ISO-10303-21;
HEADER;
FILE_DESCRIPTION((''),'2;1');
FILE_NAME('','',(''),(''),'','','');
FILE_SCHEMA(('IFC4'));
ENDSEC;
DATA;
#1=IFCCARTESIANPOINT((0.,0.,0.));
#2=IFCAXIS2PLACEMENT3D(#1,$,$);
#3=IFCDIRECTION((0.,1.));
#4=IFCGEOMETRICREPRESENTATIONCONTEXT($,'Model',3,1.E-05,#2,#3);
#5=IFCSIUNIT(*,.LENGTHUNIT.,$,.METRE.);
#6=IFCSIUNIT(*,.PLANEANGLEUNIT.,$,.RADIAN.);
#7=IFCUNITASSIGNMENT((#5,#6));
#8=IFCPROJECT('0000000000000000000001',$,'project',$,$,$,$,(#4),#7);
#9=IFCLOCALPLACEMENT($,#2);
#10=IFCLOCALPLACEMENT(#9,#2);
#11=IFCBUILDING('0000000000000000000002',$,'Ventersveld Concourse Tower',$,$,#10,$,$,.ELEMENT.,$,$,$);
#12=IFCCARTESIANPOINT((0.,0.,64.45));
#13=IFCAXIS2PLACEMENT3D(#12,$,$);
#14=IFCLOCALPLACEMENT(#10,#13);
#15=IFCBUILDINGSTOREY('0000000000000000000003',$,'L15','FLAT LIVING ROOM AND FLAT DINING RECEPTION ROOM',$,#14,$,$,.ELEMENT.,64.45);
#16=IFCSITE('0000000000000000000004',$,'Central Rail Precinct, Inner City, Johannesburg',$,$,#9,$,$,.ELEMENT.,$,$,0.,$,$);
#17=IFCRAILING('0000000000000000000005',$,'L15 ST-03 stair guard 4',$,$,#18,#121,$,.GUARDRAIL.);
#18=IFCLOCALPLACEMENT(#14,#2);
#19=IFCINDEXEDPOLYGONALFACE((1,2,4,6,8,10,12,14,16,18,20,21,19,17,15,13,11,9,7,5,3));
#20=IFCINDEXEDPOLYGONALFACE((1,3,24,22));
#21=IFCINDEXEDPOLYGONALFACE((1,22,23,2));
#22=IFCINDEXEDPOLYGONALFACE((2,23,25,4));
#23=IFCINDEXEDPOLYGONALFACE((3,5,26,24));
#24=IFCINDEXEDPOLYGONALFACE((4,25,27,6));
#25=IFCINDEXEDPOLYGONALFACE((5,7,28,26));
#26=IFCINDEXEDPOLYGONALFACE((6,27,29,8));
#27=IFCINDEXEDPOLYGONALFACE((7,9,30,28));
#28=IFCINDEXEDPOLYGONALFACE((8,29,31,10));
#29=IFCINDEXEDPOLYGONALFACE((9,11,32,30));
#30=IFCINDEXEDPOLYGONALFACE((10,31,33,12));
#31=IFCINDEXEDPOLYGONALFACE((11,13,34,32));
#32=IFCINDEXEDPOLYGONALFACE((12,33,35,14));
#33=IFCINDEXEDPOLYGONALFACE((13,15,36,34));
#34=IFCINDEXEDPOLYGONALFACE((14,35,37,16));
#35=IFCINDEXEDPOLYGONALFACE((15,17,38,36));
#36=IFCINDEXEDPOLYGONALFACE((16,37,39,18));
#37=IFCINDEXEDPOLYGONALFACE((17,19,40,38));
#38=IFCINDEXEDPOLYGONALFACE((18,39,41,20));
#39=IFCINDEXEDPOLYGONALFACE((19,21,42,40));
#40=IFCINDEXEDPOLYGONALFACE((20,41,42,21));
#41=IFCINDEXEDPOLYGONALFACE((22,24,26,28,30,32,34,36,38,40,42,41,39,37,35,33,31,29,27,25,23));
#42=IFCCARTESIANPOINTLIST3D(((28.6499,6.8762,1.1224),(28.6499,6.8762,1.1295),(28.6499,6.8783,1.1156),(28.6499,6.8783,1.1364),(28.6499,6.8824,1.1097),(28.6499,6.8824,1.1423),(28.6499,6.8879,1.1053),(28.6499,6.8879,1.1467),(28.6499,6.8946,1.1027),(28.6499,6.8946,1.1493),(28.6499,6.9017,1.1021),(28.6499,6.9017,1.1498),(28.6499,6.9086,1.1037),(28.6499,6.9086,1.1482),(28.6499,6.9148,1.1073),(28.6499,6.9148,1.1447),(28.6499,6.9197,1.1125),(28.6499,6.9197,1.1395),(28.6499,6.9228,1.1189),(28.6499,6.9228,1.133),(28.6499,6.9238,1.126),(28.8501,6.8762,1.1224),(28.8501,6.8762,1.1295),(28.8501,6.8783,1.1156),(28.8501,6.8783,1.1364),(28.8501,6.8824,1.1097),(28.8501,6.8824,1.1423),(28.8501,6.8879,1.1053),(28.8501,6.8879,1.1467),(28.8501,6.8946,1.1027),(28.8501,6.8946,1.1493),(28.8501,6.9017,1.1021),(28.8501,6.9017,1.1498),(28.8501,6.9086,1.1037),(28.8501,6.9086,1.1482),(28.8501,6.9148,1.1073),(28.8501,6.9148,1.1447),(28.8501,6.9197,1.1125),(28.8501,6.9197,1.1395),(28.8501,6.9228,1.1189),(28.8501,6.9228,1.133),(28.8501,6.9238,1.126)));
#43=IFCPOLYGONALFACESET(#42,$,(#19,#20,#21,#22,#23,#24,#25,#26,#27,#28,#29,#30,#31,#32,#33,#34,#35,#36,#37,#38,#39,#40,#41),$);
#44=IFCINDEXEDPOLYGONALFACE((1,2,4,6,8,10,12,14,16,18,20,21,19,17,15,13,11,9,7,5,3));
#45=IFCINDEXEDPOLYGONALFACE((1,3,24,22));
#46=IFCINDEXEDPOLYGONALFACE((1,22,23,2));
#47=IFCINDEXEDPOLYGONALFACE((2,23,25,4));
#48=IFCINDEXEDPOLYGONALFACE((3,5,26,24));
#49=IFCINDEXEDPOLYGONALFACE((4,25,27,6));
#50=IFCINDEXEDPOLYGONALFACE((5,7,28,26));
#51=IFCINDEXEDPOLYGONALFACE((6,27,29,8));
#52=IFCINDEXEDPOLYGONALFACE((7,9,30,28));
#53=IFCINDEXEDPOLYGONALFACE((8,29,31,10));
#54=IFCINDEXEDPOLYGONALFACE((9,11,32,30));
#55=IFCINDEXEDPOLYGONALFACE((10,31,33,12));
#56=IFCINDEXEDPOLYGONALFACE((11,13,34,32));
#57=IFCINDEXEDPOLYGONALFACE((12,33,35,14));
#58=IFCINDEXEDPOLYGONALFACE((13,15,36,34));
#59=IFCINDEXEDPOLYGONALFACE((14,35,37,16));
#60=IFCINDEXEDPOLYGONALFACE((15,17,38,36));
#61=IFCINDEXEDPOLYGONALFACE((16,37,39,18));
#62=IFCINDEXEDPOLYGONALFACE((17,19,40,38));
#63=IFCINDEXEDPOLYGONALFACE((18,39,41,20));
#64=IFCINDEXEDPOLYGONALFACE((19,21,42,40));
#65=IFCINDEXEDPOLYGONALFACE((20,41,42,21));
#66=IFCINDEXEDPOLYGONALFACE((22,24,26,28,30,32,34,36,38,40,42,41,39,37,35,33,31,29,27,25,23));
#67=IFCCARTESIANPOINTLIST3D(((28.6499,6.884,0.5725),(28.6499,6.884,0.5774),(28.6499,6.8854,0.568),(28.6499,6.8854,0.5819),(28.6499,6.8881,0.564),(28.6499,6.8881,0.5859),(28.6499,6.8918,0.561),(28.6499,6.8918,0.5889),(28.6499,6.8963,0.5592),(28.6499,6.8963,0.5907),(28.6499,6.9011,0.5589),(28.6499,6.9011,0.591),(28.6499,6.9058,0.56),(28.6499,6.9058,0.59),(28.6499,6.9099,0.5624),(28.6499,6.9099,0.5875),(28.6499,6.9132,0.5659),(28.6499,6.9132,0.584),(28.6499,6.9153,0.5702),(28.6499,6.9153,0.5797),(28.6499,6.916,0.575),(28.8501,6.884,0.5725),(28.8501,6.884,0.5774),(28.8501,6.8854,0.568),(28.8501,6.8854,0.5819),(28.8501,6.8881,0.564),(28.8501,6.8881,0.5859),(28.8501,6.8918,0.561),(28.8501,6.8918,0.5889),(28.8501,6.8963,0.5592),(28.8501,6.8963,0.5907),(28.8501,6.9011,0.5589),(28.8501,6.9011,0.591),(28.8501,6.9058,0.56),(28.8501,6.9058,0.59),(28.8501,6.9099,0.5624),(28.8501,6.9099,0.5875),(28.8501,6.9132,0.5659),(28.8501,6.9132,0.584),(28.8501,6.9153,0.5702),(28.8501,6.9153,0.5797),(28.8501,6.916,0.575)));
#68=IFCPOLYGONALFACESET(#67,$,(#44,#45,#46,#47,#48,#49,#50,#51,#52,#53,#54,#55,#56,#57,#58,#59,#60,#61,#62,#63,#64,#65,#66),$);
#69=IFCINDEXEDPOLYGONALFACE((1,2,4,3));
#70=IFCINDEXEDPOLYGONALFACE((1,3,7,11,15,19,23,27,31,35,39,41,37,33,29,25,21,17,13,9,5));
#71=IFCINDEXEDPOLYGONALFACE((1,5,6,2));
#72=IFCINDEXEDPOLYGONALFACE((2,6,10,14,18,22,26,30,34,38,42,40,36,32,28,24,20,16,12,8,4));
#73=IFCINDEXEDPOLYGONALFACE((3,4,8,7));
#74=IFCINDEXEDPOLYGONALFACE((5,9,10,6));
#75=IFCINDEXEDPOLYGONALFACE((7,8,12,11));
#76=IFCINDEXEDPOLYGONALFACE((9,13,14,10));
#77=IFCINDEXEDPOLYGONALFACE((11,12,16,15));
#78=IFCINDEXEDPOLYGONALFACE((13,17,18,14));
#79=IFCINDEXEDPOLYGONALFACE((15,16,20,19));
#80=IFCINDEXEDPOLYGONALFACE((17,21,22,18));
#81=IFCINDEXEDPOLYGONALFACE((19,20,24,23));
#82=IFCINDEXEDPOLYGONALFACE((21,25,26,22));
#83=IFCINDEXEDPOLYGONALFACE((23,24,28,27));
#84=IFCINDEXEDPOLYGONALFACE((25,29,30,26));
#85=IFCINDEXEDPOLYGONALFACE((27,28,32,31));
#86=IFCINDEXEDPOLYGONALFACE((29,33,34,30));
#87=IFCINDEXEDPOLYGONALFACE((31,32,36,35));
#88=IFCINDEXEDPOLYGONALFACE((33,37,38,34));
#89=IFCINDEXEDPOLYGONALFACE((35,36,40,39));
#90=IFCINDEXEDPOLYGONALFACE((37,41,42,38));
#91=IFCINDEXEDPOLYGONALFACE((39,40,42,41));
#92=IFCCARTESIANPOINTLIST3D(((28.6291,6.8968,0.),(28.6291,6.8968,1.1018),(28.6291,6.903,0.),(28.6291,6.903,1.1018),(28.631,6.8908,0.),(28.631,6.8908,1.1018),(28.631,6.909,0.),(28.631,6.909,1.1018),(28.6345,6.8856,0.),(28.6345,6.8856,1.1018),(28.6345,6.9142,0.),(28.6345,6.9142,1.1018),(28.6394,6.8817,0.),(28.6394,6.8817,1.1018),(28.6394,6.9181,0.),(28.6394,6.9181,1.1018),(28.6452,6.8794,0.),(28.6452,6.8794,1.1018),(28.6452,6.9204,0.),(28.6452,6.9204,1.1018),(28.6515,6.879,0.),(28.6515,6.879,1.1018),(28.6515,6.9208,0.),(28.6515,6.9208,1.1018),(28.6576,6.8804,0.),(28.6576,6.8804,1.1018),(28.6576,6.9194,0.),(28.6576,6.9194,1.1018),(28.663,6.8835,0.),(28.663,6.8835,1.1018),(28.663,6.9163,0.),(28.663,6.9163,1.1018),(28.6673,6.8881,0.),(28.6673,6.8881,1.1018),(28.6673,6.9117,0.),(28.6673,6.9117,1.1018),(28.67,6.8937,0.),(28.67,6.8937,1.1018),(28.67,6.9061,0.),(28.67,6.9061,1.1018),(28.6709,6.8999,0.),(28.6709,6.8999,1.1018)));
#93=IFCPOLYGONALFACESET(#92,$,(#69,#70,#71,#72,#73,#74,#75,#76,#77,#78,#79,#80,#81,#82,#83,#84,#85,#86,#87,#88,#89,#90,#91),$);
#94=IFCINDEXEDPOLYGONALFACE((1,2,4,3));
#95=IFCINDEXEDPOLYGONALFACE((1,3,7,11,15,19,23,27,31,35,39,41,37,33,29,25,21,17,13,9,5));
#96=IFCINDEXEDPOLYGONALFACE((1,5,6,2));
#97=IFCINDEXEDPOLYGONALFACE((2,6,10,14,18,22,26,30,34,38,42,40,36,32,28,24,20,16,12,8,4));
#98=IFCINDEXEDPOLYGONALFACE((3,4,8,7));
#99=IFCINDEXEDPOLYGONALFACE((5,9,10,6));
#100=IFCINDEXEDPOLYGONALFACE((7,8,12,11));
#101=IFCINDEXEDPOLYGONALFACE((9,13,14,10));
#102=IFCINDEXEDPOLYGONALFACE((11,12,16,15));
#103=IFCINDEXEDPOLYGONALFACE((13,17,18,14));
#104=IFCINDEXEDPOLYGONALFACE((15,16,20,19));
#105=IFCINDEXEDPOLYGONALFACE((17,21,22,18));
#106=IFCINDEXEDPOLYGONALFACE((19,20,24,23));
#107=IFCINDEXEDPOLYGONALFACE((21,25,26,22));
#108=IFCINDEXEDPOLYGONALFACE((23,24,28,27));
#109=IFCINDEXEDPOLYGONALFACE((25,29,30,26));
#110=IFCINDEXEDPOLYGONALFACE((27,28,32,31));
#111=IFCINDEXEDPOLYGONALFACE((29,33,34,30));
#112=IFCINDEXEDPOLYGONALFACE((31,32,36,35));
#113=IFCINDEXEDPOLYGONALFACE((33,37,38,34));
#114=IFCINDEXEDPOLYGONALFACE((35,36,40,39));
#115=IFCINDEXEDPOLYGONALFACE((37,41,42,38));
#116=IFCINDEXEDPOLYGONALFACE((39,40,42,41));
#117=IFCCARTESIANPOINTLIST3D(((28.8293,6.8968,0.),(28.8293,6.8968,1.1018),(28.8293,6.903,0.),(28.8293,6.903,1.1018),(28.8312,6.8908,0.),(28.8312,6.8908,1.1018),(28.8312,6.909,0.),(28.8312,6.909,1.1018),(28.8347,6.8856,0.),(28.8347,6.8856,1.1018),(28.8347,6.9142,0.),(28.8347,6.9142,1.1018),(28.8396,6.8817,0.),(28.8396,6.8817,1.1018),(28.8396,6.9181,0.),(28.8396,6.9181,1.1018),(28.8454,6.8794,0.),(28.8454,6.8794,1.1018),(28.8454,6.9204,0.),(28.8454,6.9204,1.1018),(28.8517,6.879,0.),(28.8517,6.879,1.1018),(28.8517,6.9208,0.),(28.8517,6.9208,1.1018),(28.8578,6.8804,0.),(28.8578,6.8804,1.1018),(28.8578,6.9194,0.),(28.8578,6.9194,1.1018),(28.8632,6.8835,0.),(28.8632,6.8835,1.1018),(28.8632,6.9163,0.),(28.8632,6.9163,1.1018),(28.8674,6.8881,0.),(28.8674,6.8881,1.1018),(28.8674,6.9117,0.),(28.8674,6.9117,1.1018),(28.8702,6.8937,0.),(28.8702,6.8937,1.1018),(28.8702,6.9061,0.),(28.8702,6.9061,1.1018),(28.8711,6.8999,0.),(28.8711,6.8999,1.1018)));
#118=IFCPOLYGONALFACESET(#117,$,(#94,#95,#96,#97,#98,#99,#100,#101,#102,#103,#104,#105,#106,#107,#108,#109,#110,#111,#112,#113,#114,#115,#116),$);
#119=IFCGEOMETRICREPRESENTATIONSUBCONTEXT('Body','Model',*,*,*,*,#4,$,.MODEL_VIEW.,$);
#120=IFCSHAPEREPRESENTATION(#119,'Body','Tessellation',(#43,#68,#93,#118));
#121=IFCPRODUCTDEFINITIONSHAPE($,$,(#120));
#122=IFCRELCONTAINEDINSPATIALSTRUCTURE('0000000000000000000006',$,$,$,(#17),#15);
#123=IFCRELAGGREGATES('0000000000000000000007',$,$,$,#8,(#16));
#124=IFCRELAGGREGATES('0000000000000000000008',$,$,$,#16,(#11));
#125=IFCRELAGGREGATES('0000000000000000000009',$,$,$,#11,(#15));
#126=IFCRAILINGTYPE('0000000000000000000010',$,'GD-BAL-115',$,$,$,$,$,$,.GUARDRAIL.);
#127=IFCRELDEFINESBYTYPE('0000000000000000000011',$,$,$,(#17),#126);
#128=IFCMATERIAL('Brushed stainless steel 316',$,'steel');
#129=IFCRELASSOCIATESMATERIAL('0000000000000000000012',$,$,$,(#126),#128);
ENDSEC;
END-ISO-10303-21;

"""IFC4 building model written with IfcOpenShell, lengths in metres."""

from ifc_helpers import new_model, si_unit, direction, frame, origin, origin_2d, place, context, subcontext, project, spatial, circle, extrude, material, type_object, element, save


model = new_model("IFC4")

# Units and contexts
model_context = context("Model", 3, precision=1e-05, world=origin(), true_north=direction((0.0, 1.0)))
body_context = subcontext(model_context, "Body", "Model", "MODEL_VIEW")
ifc_project = project(units=[si_unit("LENGTHUNIT", "METRE"), si_unit("PLANEANGLEUNIT", "RADIAN")], contexts=[model_context])

# Site, building, storey
site_placement = place(None, origin())
site = spatial("IfcSite", under=ifc_project, at=site_placement, Name="Central Rail Precinct, Inner City, Johannesburg", CompositionType="ELEMENT", RefElevation=0.0)
building_placement = place(site_placement, origin())
building = spatial("IfcBuilding", under=site, at=building_placement, Name="Ventersveld Concourse Tower", CompositionType="ELEMENT")
storey_placement = place(building_placement, frame((0.0, 0.0, 64.45)))
storey = spatial("IfcBuildingStorey", under=building, at=storey_placement, Name="L15", Description="FLAT LIVING ROOM AND FLAT DINING RECEPTION ROOM", CompositionType="ELEMENT", Elevation=64.45)

# Shared definitions
ifc_material_1 = material(Name="Brushed stainless steel 316", Category="steel")

# Railing
railing_type = type_object("IfcRailingType", Name="GD-BAL-115", PredefinedType="GUARDRAIL", material=ifc_material_1)
railing_1_placement = place(storey_placement, frame((28.6499, 6.8999, 0.0)))
element("IfcRailing", 1, at=railing_1_placement, inside=storey, type_object=railing_type, Name="L15 ST-03 stair guard 4", PredefinedType="GUARDRAIL", context=body_context, shape_type="SweptSolid", body=[
    extrude(circle(Radius=0.0239, at=origin_2d()), frame((0.0, 0.0, 1.126), z_axis=(1.0, 0.0, 0.0), x_axis=(0.0, 1.0, 0.0)), (0.0, 0.0, 1.0), 0.2002),
    extrude(circle(Radius=0.0161, at=origin_2d()), frame((0.0, 0.0, 0.575), z_axis=(1.0, 0.0, 0.0), x_axis=(0.0, 1.0, 0.0)), (0.0, 0.0, 1.0), 0.2002),
    extrude(circle(Radius=0.021, at=origin_2d()), origin(), (0.0, 0.0, 1.0), 1.1018),
    extrude(circle(Radius=0.021, at=origin_2d()), frame((0.2002, 0.0, 0.0)), (0.0, 0.0, 1.0), 1.1018),
])

save(model, "model.ifc")
